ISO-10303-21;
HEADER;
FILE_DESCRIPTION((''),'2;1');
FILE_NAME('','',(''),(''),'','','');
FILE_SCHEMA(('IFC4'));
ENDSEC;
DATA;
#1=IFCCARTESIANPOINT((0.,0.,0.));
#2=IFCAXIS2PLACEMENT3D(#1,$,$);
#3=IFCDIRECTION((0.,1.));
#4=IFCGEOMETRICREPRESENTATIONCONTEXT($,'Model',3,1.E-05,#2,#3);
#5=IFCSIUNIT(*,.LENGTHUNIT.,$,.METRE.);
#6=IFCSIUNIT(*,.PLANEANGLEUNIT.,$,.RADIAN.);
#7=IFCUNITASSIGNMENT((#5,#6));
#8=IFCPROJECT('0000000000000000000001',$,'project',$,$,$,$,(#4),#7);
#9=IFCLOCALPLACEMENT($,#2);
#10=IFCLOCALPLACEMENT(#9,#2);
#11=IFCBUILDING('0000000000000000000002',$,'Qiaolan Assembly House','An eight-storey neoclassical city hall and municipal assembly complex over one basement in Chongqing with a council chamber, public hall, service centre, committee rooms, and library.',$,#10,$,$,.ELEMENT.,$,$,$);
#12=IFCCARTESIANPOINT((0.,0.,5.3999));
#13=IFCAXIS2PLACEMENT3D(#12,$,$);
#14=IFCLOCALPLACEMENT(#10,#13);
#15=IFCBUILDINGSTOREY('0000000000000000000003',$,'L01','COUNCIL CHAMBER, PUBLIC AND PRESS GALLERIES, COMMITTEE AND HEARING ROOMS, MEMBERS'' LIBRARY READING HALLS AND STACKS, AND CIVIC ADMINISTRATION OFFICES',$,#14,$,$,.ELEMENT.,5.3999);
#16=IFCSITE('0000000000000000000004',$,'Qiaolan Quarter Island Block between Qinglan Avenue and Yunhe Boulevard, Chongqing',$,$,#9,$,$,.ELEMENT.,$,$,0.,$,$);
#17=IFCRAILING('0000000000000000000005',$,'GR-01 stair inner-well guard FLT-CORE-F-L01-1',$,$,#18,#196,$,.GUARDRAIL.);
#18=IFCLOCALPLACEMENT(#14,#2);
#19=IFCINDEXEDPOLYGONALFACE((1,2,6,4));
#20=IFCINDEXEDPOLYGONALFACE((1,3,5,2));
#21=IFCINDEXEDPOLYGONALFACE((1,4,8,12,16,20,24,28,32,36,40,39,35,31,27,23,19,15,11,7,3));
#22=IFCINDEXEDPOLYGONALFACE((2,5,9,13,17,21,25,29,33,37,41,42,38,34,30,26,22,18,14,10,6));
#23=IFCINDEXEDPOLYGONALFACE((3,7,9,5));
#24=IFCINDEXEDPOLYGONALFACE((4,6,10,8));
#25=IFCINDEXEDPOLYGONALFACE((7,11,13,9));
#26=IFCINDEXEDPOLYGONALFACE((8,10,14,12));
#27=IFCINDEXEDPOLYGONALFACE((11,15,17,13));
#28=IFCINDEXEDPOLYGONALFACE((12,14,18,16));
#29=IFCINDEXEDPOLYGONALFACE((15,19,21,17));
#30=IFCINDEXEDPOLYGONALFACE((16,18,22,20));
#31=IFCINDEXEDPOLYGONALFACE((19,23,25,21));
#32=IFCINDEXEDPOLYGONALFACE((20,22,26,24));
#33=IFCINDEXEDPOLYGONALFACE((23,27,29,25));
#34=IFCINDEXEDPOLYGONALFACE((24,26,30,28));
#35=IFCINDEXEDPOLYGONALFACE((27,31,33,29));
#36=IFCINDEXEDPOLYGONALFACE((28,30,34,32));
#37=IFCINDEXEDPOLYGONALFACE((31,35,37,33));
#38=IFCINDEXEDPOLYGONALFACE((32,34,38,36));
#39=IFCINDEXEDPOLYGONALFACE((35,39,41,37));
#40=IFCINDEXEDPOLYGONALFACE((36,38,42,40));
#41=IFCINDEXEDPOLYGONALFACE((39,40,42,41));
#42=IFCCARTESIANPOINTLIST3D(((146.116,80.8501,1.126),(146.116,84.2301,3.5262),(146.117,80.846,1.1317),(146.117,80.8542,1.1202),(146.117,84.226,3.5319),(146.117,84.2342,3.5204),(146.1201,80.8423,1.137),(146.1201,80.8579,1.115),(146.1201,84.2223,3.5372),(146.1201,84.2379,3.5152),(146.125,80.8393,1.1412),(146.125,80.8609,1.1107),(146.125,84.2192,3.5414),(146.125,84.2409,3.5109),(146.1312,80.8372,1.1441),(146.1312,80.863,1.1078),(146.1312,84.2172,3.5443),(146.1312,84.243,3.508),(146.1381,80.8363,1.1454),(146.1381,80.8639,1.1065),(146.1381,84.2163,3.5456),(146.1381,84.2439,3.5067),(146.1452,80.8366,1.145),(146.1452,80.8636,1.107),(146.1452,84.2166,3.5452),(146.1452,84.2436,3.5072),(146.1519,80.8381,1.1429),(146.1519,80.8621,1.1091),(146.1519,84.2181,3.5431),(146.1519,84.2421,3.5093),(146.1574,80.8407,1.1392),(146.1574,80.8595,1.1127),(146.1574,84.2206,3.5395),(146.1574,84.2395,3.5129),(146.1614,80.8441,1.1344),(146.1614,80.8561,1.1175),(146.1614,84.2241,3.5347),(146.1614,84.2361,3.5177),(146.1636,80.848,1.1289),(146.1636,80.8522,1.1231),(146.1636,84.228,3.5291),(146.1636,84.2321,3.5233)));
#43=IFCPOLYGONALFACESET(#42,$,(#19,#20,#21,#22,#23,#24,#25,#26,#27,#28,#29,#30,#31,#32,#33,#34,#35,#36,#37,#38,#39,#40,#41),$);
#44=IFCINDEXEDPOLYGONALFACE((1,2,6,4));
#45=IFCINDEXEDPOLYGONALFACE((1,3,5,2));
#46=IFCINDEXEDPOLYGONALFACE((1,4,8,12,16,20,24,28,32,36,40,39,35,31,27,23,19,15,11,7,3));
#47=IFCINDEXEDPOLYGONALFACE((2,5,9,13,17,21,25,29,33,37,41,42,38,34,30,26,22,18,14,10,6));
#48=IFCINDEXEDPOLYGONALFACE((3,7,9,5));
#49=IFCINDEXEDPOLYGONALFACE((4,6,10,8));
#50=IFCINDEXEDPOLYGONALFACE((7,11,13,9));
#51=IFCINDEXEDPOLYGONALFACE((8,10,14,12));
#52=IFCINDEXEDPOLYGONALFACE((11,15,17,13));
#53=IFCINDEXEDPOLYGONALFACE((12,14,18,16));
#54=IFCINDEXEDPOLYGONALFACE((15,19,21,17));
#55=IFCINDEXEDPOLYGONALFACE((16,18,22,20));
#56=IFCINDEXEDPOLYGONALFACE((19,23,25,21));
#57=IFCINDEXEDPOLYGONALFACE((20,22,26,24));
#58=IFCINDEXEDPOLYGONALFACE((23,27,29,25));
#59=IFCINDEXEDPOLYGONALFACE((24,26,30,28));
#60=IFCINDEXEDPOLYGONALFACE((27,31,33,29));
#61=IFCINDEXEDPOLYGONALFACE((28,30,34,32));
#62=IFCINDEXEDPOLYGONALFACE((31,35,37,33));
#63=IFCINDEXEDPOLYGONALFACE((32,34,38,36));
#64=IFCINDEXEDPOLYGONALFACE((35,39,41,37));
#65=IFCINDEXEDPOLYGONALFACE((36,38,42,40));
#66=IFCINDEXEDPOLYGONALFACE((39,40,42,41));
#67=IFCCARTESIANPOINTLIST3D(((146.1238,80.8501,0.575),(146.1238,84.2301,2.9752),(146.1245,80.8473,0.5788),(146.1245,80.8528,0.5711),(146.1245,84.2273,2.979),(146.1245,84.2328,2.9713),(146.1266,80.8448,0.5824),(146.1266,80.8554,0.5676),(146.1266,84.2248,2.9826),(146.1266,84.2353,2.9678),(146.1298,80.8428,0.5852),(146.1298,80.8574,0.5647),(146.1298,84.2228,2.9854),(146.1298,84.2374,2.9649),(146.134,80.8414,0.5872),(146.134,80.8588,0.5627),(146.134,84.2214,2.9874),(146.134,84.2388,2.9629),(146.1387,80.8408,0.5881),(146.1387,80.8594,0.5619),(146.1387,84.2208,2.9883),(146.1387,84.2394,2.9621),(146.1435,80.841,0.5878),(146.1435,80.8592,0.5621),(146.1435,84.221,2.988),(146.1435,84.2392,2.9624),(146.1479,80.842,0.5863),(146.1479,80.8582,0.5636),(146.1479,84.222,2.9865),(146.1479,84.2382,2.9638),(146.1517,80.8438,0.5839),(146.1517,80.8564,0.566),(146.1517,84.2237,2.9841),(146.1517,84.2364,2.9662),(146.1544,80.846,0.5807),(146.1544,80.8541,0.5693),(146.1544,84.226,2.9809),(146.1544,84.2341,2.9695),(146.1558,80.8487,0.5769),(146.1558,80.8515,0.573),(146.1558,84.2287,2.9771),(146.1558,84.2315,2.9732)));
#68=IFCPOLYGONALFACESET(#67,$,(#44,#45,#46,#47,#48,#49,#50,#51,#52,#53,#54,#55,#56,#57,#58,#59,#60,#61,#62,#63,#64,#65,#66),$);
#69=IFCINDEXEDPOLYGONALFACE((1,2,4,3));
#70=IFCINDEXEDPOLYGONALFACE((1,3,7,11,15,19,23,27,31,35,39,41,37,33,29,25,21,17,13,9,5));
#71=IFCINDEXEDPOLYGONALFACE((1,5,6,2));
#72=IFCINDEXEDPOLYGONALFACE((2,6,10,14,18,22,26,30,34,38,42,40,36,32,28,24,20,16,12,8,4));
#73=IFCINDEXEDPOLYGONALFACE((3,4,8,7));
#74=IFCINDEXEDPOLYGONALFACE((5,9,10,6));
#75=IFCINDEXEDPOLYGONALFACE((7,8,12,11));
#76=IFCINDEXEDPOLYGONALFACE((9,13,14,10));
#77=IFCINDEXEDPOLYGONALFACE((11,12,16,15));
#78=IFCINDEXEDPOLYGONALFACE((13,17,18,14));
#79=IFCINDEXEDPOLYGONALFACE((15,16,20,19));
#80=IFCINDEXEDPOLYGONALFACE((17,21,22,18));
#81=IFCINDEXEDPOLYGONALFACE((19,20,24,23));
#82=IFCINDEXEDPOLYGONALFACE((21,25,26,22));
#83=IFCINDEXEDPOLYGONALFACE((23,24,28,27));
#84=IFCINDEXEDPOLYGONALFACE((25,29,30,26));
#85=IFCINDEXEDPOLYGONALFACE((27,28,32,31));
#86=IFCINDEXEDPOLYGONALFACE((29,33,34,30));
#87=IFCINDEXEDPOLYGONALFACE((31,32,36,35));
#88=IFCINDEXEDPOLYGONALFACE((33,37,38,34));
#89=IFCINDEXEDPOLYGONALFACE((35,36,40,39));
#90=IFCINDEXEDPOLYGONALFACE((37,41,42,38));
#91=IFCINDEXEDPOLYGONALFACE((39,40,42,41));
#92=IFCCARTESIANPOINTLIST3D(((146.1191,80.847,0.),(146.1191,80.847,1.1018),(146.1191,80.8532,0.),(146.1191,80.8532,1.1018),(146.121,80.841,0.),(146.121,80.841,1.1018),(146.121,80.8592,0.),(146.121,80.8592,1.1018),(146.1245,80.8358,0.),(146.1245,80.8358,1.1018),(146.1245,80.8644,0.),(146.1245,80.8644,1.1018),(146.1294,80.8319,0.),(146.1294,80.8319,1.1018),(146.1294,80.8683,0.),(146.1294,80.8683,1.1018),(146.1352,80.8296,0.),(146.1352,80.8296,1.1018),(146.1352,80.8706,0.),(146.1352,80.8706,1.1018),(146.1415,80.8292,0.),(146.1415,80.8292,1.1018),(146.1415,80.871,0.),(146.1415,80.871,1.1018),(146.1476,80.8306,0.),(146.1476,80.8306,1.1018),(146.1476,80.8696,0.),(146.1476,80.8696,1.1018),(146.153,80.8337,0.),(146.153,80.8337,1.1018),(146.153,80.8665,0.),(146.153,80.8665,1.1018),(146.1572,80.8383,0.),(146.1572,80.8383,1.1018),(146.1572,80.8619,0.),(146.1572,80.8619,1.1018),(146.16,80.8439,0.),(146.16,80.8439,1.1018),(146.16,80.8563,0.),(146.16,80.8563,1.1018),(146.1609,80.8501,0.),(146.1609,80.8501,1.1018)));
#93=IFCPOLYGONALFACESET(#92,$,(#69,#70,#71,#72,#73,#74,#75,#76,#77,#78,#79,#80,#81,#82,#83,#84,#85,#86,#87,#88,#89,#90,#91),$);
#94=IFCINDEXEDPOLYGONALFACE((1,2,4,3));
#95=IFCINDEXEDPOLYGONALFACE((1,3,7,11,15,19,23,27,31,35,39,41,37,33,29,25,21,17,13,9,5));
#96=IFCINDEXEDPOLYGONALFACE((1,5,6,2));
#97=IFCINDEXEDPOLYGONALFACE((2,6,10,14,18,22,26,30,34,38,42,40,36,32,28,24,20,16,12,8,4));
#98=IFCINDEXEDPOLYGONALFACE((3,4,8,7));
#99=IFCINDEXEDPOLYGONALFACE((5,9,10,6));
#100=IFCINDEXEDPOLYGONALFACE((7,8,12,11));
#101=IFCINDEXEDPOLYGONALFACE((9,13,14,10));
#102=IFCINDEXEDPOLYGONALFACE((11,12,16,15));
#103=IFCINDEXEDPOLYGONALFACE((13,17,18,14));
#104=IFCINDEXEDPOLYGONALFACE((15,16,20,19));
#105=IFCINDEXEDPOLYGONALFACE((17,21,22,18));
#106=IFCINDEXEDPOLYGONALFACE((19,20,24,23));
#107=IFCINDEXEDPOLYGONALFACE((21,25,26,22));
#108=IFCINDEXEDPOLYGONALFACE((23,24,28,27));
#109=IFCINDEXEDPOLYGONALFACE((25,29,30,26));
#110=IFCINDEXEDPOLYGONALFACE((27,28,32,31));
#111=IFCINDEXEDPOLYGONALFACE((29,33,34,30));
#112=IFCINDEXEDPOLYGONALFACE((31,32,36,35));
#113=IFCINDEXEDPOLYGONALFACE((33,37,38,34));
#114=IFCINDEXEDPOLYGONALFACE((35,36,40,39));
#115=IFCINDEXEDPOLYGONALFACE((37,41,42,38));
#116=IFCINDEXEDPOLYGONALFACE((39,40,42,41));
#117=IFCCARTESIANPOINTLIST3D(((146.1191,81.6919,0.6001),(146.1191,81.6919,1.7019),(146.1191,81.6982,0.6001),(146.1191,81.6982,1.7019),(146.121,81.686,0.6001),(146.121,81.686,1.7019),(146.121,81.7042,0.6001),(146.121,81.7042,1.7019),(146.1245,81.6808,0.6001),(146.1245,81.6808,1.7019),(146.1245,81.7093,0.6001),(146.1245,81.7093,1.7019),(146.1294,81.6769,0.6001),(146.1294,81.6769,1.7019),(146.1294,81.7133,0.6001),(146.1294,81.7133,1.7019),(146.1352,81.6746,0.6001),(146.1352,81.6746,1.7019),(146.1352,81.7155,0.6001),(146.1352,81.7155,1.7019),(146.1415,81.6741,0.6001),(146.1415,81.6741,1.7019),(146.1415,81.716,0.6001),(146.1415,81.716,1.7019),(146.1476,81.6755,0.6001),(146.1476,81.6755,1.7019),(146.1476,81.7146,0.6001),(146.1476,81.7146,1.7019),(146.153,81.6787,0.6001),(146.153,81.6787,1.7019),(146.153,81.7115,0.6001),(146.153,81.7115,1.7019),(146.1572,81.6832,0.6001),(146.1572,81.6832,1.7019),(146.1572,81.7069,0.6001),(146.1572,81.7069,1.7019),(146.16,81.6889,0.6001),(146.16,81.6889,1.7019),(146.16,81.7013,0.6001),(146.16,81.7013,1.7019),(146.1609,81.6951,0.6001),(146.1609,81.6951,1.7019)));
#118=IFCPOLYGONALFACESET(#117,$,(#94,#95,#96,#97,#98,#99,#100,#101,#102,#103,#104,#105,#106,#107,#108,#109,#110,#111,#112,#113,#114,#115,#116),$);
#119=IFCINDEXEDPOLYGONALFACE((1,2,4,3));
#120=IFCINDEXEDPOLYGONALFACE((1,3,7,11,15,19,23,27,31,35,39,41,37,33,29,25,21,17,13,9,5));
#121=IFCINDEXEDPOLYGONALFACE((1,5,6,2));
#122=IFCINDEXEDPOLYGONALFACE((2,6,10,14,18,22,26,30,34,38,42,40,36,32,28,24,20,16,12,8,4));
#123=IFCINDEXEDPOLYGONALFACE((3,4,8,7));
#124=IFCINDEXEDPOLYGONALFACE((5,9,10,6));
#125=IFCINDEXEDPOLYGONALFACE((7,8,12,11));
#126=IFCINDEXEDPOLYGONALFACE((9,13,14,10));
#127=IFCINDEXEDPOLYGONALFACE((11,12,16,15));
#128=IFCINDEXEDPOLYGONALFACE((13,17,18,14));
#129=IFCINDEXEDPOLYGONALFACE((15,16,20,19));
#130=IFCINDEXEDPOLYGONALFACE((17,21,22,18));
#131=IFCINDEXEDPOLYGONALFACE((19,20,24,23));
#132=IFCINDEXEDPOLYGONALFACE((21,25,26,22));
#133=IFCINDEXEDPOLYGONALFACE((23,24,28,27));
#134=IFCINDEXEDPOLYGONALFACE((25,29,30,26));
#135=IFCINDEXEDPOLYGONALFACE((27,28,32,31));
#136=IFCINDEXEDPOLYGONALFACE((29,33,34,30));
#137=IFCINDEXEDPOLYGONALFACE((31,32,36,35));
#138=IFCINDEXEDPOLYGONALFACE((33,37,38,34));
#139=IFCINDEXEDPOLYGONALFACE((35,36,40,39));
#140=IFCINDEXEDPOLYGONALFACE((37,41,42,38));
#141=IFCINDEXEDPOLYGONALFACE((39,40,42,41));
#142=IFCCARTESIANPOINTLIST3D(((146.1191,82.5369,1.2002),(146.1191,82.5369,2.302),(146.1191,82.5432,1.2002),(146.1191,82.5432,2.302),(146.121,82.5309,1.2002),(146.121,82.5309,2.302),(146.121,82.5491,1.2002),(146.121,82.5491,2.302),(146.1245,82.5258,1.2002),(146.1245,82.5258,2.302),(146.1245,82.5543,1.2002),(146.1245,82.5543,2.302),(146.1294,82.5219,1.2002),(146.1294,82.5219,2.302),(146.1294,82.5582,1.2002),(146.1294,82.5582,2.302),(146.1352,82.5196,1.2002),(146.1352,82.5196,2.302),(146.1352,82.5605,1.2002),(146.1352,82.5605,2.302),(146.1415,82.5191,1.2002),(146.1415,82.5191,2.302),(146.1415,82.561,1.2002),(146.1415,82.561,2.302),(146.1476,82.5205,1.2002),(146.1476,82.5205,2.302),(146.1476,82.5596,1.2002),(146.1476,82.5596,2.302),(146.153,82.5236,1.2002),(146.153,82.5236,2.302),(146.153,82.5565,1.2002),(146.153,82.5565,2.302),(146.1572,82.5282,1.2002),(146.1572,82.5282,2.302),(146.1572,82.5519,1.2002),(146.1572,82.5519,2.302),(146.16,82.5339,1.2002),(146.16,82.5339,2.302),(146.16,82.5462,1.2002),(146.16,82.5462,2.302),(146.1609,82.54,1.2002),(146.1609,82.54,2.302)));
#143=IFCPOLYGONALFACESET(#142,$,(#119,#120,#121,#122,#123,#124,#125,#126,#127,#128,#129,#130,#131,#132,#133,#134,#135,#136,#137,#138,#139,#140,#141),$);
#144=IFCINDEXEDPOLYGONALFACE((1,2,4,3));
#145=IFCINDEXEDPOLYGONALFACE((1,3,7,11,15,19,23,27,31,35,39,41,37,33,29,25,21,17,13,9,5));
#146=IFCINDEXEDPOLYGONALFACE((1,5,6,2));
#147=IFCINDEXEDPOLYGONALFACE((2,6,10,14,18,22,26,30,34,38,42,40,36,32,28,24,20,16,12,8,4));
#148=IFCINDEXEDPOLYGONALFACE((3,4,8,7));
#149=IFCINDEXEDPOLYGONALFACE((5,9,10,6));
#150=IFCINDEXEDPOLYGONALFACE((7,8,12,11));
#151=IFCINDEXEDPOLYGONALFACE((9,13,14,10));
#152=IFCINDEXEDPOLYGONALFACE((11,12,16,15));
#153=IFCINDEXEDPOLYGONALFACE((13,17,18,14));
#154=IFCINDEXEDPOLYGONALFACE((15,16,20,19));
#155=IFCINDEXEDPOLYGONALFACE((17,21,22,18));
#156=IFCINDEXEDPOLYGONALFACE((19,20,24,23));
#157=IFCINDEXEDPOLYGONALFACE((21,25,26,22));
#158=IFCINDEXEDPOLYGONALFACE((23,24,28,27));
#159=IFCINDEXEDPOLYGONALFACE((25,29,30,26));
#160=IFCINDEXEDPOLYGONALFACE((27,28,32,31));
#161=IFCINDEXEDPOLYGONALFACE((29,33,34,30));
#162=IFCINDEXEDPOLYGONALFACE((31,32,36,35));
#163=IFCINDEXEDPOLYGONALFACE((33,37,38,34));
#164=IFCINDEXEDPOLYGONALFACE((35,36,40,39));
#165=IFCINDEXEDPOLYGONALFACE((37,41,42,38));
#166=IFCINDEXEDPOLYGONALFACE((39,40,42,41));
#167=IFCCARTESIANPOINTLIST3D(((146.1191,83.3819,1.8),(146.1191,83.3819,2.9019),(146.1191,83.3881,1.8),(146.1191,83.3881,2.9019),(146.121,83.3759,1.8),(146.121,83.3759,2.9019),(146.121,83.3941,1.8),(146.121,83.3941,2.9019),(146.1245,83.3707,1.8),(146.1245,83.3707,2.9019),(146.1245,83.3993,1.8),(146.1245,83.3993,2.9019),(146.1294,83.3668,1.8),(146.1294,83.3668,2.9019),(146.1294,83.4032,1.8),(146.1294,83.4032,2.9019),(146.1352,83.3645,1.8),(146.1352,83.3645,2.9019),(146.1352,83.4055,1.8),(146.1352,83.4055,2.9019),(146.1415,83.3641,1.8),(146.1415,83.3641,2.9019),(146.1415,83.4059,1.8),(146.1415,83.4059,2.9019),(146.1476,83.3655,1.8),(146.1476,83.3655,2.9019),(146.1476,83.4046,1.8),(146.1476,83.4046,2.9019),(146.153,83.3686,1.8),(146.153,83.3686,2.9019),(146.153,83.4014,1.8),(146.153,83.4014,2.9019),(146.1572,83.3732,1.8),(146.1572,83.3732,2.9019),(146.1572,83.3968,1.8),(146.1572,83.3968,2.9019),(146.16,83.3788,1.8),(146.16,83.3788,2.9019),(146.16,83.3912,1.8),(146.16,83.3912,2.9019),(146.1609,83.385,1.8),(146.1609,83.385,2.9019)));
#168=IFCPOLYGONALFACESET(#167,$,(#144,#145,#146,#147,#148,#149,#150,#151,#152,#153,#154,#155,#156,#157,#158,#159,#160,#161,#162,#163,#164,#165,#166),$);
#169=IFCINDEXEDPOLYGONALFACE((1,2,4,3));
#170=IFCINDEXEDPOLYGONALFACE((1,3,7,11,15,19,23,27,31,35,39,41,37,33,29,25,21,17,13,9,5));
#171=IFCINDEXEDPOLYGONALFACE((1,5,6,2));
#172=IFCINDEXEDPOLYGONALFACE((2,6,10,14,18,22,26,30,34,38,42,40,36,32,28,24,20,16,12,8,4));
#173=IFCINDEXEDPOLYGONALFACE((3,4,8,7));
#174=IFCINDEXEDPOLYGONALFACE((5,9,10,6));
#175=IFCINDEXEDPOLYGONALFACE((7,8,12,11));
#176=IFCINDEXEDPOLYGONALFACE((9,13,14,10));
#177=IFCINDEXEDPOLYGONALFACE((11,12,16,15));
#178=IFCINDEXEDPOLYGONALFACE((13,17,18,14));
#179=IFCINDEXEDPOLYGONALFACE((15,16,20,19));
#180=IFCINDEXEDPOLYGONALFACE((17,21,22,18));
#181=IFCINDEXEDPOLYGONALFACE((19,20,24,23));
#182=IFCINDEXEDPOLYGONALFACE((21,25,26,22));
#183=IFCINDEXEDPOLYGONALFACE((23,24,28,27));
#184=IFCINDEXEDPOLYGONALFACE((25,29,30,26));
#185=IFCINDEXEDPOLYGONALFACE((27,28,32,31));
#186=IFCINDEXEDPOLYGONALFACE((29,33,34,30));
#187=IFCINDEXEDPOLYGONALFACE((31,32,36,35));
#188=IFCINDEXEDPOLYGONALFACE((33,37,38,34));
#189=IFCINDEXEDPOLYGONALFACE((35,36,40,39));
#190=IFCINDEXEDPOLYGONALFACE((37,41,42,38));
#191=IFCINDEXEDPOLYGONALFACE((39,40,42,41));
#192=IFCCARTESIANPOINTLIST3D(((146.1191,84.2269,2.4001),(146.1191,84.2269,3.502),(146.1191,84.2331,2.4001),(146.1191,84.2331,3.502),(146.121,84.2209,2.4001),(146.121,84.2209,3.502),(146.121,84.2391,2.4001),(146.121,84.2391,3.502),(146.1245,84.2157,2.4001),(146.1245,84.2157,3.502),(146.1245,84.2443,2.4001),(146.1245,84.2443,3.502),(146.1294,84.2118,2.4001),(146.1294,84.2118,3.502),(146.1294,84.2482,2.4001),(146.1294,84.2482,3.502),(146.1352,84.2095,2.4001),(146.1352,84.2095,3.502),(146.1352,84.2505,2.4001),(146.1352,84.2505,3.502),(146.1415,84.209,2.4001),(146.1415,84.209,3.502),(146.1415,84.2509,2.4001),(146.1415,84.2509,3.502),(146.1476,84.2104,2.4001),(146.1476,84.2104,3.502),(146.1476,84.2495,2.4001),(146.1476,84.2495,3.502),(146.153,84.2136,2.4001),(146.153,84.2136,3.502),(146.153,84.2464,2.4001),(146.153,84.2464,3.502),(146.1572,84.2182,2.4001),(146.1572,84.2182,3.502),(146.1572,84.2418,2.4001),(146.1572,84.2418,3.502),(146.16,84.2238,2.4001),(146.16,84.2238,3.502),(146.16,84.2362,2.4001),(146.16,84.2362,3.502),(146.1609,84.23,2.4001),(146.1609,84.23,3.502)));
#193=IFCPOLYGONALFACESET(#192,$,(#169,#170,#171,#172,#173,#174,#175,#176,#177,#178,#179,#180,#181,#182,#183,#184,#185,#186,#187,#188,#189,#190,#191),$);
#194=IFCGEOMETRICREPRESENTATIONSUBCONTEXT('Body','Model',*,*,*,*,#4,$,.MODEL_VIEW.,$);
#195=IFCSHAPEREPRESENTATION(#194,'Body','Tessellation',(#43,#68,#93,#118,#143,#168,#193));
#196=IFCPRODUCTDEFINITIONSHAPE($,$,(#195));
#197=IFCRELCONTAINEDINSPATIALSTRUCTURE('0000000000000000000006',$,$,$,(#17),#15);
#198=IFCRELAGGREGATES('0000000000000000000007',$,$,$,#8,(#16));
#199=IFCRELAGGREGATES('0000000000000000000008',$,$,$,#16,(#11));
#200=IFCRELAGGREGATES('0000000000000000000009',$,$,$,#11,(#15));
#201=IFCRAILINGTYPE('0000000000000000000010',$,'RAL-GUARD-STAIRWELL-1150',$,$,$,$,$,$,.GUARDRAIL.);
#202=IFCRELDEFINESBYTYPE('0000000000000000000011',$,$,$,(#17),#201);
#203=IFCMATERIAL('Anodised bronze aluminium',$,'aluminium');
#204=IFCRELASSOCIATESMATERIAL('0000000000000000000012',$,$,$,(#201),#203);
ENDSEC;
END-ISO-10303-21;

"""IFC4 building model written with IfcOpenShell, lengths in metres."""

from ifc_helpers import new_model, si_unit, direction, frame, origin, origin_2d, place, context, subcontext, project, spatial, circle, extrude, material, type_object, element, save


model = new_model("IFC4")

# Units and contexts
model_context = context("Model", 3, precision=1e-05, world=origin(), true_north=direction((0.0, 1.0)))
body_context = subcontext(model_context, "Body", "Model", "MODEL_VIEW")
ifc_project = project(units=[si_unit("LENGTHUNIT", "METRE"), si_unit("PLANEANGLEUNIT", "RADIAN")], contexts=[model_context])

# Site, building, storey
site_placement = place(None, origin())
site = spatial("IfcSite", under=ifc_project, at=site_placement, Name="Qiaolan Quarter Island Block between Qinglan Avenue and Yunhe Boulevard, Chongqing", CompositionType="ELEMENT", RefElevation=0.0)
building_placement = place(site_placement, origin())
building = spatial("IfcBuilding", under=site, at=building_placement, Name="Qiaolan Assembly House", Description="An eight-storey neoclassical city hall and municipal assembly complex over one basement in Chongqing with a council chamber, public hall, service centre, committee rooms, and library.", CompositionType="ELEMENT")
storey_placement = place(building_placement, frame((0.0, 0.0, 5.3999)))
storey = spatial("IfcBuildingStorey", under=building, at=storey_placement, Name="L01", Description="COUNCIL CHAMBER, PUBLIC AND PRESS GALLERIES, COMMITTEE AND HEARING ROOMS, MEMBERS' LIBRARY READING HALLS AND STACKS, AND CIVIC ADMINISTRATION OFFICES", CompositionType="ELEMENT", Elevation=5.3999)

# Shared definitions
ifc_material_1 = material(Name="Anodised bronze aluminium", Category="aluminium")

# Railing
railing_type_1 = type_object("IfcRailingType", Name="RAL-GUARD-STAIRWELL-1150", PredefinedType="GUARDRAIL", material=ifc_material_1)
railing_1_placement = place(storey_placement, frame((146.1399, 80.8501, 0.0)))
element("IfcRailing", 1, at=railing_1_placement, inside=storey, type_object=railing_type_1, Name="GR-01 stair inner-well guard FLT-CORE-F-L01-1", PredefinedType="GUARDRAIL", context=body_context, shape_type="SweptSolid", body=[
    extrude(circle(Radius=0.0239, at=origin_2d()), frame((0.0, 0.0, 1.126), z_axis=(0.0, 0.815334, 0.578991), x_axis=(-1.0, 0.0, 0.0)), (0.0, 0.0, 1.0), 4.1455),
    extrude(circle(Radius=0.0161, at=origin_2d()), frame((0.0, 0.0, 0.575), z_axis=(0.0, 0.815334, 0.578991), x_axis=(-1.0, 0.0, 0.0)), (0.0, 0.0, 1.0), 4.1455),
    extrude(circle(Radius=0.021, at=origin_2d()), origin(), (0.0, 0.0, 1.0), 1.1018),
    extrude(circle(Radius=0.021, at=origin_2d()), frame((0.0, 0.845, 0.6001)), (0.0, 0.0, 1.0), 1.1018),
    extrude(circle(Radius=0.021, at=origin_2d()), frame((0.0, 1.6899, 1.2002)), (0.0, 0.0, 1.0), 1.1018),
    extrude(circle(Radius=0.021, at=origin_2d()), frame((0.0, 2.5349, 1.8)), (0.0, 0.0, 1.0), 1.1018),
    extrude(circle(Radius=0.021, at=origin_2d()), frame((0.0, 3.3799, 2.4001)), (0.0, 0.0, 1.0), 1.1018),
])

save(model, "model.ifc")
